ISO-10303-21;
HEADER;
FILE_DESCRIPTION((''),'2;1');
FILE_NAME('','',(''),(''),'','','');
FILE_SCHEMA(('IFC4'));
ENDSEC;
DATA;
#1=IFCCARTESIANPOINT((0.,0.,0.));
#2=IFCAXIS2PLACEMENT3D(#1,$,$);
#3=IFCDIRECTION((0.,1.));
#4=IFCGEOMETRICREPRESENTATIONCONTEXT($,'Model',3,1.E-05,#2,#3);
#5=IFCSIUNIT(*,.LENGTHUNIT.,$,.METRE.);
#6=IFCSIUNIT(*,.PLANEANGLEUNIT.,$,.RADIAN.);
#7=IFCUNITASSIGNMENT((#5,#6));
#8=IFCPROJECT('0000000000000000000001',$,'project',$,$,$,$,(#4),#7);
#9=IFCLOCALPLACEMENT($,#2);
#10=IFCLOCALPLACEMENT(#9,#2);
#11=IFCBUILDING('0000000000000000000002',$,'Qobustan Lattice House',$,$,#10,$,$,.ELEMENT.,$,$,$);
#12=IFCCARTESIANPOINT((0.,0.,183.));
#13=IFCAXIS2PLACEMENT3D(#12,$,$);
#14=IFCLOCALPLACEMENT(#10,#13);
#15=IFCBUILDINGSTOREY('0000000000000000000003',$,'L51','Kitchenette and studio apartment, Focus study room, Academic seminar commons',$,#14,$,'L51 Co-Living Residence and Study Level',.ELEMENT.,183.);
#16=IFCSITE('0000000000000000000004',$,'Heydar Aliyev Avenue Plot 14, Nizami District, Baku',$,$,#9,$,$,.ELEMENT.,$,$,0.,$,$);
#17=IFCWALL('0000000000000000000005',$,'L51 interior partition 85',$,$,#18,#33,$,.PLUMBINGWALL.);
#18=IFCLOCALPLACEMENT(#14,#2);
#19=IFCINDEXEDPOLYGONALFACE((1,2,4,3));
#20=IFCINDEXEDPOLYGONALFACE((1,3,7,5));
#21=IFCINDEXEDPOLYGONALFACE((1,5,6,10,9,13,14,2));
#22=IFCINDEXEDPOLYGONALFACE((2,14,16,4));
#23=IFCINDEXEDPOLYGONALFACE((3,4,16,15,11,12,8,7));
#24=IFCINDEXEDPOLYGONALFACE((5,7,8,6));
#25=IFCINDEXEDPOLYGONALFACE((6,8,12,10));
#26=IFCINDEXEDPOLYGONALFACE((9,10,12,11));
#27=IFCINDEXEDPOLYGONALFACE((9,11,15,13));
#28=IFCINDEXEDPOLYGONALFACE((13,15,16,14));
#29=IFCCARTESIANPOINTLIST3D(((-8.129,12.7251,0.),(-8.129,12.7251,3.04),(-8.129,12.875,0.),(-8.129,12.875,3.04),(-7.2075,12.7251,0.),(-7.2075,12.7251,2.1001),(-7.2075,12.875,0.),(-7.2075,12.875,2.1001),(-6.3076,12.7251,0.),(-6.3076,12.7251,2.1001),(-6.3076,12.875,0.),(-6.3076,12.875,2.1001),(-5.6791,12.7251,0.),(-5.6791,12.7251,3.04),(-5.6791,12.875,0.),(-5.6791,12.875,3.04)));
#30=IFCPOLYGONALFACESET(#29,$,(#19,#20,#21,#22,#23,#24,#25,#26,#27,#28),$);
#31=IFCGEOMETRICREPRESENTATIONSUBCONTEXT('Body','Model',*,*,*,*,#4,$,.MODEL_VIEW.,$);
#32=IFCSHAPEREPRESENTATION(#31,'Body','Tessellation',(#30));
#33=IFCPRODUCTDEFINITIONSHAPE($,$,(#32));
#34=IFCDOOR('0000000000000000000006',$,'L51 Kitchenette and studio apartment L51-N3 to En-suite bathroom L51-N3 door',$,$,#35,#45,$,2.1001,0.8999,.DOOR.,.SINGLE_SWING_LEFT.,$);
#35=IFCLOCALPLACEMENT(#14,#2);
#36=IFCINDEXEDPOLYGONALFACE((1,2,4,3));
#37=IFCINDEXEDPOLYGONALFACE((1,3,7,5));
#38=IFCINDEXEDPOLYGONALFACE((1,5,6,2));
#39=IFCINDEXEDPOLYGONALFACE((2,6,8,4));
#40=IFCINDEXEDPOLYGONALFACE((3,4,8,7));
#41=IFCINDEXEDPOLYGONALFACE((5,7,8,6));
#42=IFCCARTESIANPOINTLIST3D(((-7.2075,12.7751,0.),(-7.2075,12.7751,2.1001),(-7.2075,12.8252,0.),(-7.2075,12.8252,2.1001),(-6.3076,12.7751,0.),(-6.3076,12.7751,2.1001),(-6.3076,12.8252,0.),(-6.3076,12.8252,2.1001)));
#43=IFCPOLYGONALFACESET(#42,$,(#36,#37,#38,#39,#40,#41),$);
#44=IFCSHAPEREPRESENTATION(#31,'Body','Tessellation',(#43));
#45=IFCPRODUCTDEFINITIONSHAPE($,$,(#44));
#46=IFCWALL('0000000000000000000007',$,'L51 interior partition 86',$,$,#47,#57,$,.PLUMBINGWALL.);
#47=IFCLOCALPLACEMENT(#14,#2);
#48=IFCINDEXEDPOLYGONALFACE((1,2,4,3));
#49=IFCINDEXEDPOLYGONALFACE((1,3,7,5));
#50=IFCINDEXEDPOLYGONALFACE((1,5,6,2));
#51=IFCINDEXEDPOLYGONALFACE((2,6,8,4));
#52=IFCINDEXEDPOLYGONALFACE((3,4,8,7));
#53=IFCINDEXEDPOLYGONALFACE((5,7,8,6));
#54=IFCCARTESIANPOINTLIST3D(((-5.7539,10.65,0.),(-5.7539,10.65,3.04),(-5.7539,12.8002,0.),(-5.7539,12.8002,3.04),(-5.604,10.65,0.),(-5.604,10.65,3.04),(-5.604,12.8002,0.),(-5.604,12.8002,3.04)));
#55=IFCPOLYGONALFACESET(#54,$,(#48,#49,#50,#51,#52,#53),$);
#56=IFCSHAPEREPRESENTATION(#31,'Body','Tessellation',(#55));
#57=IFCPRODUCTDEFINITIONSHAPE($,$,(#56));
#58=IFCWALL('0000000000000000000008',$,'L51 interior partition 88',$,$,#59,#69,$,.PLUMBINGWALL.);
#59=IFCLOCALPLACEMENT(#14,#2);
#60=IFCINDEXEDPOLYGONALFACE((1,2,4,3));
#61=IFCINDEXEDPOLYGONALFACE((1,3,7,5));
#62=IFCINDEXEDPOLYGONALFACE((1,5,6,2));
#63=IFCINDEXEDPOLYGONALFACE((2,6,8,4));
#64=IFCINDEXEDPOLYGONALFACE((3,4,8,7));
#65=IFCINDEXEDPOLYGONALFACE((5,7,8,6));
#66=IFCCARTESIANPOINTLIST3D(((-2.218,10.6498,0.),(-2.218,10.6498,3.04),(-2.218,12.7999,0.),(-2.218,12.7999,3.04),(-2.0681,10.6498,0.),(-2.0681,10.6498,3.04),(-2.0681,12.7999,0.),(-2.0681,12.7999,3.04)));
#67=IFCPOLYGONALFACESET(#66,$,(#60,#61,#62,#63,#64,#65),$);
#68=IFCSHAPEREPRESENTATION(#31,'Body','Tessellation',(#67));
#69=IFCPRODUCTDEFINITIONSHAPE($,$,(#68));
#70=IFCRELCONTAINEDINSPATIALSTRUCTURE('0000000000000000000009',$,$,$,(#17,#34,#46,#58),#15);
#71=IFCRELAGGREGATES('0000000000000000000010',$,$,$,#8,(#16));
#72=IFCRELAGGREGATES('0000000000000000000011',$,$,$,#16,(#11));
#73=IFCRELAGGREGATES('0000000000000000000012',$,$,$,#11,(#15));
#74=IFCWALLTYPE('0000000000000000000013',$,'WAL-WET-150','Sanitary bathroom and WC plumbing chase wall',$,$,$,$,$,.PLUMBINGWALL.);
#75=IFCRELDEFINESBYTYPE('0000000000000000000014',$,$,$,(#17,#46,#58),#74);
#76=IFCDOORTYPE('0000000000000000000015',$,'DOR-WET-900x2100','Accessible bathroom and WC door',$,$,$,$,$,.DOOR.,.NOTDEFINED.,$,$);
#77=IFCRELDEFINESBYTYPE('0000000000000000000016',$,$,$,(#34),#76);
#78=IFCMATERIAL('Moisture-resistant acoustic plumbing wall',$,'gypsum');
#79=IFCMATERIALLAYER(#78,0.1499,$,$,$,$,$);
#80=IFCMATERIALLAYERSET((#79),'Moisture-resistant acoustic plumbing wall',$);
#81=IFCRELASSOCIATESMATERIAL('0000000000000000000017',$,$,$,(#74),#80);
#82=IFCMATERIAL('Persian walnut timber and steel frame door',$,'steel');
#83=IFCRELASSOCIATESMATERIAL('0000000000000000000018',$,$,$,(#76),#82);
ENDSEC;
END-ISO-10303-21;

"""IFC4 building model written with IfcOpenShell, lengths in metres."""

from ifc_helpers import new_model, si_unit, direction, frame, frame_2d, origin, place, context, subcontext, project, spatial, rectangle, extrude, material, layer, layer_set, type_object, element, fill, save


model = new_model("IFC4")

# Units and contexts
model_context = context("Model", 3, precision=1e-05, world=origin(), true_north=direction((0.0, 1.0)))
body_context = subcontext(model_context, "Body", "Model", "MODEL_VIEW")
ifc_project = project(units=[si_unit("LENGTHUNIT", "METRE"), si_unit("PLANEANGLEUNIT", "RADIAN")], contexts=[model_context])

# Site, building, storey
site_placement = place(None, origin())
site = spatial("IfcSite", under=ifc_project, at=site_placement, Name="Heydar Aliyev Avenue Plot 14, Nizami District, Baku", CompositionType="ELEMENT", RefElevation=0.0)
building_placement = place(site_placement, origin())
building = spatial("IfcBuilding", under=site, at=building_placement, Name="Qobustan Lattice House", CompositionType="ELEMENT")
storey_placement = place(building_placement, frame((0.0, 0.0, 183.0)))
storey = spatial("IfcBuildingStorey", under=building, at=storey_placement, Name="L51", Description="Kitchenette and studio apartment, Focus study room, Academic seminar commons", LongName="L51 Co-Living Residence and Study Level", CompositionType="ELEMENT", Elevation=183.0)

# Shared definitions
ifc_material_1 = material(Name="Moisture-resistant acoustic plumbing wall", Category="gypsum")
ifc_layer_1 = layer(ifc_material_1, 0.1499)
ifc_layer_set_1 = layer_set([ifc_layer_1], Name="Moisture-resistant acoustic plumbing wall")
wall_type_1 = type_object("IfcWallType", Name="WAL-WET-150", Description="Sanitary bathroom and WC plumbing chase wall", PredefinedType="PLUMBINGWALL", material=ifc_layer_set_1)

# Wall, opening, door
wall_1_placement = place(storey_placement, frame((-5.679, 12.8, 0.0), z_axis=(0.0, 0.0, 1.0), x_axis=(-1.0, 0.0, 0.0)))
wall_1 = element("IfcWall", 1, at=wall_1_placement, inside=storey, type_object=wall_type_1, Name="L51 interior partition 85", PredefinedType="PLUMBINGWALL", context=body_context, shape_type="SweptSolid", body=[
    extrude(rectangle(XDim=2.45, YDim=0.1499, at=frame_2d((1.2251, 0.0))), origin(), (0.0, 0.0, 1.0), 3.04),
])
opening_placement = place(wall_1_placement, frame((0.6287, 0.0, 0.0)))
opening = element("IfcOpeningElement", 2, at=opening_placement, cuts=wall_1, PredefinedType="OPENING", context=body_context, shape_type="SweptSolid", body=[
    extrude(rectangle(XDim=0.8999, YDim=2.1001, at=frame_2d((0.45, 1.05))), frame((0.0, 0.085, 0.0), z_axis=(0.0, -1.0, 0.0), x_axis=(1.0, 0.0, 0.0)), (0.0, 0.0, 1.0), 0.1699),
])
ifc_material_2 = material(Name="Persian walnut timber and steel frame door", Category="steel")
door_type = type_object("IfcDoorType", Name="DOR-WET-900x2100", Description="Accessible bathroom and WC door", OperationType="NOTDEFINED", PredefinedType="DOOR", material=ifc_material_2)
door_placement = place(opening_placement, origin())
door = element("IfcDoor", 3, at=door_placement, inside=storey, type_object=door_type, Name="L51 Kitchenette and studio apartment L51-N3 to En-suite bathroom L51-N3 door", OperationType="SINGLE_SWING_LEFT", OverallHeight=2.1001, OverallWidth=0.8999, PredefinedType="DOOR", context=body_context, shape_type="SweptSolid", body=[
    extrude(rectangle(XDim=0.8999, YDim=2.1001, at=frame_2d((0.45, 1.05))), frame((0.0, 0.0249, 0.0), z_axis=(0.0, -1.0, 0.0), x_axis=(1.0, 0.0, 0.0)), (0.0, 0.0, 1.0), 0.05),
])
fill(opening, door)

# Walls
for number, where, z_axis, x_axis, name in (
    (4, (-5.679, 10.6499, 0.0), (0.0, 0.0, 1.0), (0.0, 1.0, 0.0), "L51 interior partition 86"),
    (5, (-2.1431, 12.8, 0.0), (0.0, 0.0, 1.0), (0.0, -1.0, 0.0), "L51 interior partition 88"),
):
    element("IfcWall", number, at=place(storey_placement, frame(where, z_axis=z_axis, x_axis=x_axis)), inside=storey, type_object=wall_type_1, Name=name, PredefinedType="PLUMBINGWALL", context=body_context, shape_type="SweptSolid", body=[
        extrude(rectangle(XDim=2.1501, YDim=0.1499, at=frame_2d((1.0752, 0.0))), origin(), (0.0, 0.0, 1.0), 3.04),
    ])

save(model, "model.ifc")
